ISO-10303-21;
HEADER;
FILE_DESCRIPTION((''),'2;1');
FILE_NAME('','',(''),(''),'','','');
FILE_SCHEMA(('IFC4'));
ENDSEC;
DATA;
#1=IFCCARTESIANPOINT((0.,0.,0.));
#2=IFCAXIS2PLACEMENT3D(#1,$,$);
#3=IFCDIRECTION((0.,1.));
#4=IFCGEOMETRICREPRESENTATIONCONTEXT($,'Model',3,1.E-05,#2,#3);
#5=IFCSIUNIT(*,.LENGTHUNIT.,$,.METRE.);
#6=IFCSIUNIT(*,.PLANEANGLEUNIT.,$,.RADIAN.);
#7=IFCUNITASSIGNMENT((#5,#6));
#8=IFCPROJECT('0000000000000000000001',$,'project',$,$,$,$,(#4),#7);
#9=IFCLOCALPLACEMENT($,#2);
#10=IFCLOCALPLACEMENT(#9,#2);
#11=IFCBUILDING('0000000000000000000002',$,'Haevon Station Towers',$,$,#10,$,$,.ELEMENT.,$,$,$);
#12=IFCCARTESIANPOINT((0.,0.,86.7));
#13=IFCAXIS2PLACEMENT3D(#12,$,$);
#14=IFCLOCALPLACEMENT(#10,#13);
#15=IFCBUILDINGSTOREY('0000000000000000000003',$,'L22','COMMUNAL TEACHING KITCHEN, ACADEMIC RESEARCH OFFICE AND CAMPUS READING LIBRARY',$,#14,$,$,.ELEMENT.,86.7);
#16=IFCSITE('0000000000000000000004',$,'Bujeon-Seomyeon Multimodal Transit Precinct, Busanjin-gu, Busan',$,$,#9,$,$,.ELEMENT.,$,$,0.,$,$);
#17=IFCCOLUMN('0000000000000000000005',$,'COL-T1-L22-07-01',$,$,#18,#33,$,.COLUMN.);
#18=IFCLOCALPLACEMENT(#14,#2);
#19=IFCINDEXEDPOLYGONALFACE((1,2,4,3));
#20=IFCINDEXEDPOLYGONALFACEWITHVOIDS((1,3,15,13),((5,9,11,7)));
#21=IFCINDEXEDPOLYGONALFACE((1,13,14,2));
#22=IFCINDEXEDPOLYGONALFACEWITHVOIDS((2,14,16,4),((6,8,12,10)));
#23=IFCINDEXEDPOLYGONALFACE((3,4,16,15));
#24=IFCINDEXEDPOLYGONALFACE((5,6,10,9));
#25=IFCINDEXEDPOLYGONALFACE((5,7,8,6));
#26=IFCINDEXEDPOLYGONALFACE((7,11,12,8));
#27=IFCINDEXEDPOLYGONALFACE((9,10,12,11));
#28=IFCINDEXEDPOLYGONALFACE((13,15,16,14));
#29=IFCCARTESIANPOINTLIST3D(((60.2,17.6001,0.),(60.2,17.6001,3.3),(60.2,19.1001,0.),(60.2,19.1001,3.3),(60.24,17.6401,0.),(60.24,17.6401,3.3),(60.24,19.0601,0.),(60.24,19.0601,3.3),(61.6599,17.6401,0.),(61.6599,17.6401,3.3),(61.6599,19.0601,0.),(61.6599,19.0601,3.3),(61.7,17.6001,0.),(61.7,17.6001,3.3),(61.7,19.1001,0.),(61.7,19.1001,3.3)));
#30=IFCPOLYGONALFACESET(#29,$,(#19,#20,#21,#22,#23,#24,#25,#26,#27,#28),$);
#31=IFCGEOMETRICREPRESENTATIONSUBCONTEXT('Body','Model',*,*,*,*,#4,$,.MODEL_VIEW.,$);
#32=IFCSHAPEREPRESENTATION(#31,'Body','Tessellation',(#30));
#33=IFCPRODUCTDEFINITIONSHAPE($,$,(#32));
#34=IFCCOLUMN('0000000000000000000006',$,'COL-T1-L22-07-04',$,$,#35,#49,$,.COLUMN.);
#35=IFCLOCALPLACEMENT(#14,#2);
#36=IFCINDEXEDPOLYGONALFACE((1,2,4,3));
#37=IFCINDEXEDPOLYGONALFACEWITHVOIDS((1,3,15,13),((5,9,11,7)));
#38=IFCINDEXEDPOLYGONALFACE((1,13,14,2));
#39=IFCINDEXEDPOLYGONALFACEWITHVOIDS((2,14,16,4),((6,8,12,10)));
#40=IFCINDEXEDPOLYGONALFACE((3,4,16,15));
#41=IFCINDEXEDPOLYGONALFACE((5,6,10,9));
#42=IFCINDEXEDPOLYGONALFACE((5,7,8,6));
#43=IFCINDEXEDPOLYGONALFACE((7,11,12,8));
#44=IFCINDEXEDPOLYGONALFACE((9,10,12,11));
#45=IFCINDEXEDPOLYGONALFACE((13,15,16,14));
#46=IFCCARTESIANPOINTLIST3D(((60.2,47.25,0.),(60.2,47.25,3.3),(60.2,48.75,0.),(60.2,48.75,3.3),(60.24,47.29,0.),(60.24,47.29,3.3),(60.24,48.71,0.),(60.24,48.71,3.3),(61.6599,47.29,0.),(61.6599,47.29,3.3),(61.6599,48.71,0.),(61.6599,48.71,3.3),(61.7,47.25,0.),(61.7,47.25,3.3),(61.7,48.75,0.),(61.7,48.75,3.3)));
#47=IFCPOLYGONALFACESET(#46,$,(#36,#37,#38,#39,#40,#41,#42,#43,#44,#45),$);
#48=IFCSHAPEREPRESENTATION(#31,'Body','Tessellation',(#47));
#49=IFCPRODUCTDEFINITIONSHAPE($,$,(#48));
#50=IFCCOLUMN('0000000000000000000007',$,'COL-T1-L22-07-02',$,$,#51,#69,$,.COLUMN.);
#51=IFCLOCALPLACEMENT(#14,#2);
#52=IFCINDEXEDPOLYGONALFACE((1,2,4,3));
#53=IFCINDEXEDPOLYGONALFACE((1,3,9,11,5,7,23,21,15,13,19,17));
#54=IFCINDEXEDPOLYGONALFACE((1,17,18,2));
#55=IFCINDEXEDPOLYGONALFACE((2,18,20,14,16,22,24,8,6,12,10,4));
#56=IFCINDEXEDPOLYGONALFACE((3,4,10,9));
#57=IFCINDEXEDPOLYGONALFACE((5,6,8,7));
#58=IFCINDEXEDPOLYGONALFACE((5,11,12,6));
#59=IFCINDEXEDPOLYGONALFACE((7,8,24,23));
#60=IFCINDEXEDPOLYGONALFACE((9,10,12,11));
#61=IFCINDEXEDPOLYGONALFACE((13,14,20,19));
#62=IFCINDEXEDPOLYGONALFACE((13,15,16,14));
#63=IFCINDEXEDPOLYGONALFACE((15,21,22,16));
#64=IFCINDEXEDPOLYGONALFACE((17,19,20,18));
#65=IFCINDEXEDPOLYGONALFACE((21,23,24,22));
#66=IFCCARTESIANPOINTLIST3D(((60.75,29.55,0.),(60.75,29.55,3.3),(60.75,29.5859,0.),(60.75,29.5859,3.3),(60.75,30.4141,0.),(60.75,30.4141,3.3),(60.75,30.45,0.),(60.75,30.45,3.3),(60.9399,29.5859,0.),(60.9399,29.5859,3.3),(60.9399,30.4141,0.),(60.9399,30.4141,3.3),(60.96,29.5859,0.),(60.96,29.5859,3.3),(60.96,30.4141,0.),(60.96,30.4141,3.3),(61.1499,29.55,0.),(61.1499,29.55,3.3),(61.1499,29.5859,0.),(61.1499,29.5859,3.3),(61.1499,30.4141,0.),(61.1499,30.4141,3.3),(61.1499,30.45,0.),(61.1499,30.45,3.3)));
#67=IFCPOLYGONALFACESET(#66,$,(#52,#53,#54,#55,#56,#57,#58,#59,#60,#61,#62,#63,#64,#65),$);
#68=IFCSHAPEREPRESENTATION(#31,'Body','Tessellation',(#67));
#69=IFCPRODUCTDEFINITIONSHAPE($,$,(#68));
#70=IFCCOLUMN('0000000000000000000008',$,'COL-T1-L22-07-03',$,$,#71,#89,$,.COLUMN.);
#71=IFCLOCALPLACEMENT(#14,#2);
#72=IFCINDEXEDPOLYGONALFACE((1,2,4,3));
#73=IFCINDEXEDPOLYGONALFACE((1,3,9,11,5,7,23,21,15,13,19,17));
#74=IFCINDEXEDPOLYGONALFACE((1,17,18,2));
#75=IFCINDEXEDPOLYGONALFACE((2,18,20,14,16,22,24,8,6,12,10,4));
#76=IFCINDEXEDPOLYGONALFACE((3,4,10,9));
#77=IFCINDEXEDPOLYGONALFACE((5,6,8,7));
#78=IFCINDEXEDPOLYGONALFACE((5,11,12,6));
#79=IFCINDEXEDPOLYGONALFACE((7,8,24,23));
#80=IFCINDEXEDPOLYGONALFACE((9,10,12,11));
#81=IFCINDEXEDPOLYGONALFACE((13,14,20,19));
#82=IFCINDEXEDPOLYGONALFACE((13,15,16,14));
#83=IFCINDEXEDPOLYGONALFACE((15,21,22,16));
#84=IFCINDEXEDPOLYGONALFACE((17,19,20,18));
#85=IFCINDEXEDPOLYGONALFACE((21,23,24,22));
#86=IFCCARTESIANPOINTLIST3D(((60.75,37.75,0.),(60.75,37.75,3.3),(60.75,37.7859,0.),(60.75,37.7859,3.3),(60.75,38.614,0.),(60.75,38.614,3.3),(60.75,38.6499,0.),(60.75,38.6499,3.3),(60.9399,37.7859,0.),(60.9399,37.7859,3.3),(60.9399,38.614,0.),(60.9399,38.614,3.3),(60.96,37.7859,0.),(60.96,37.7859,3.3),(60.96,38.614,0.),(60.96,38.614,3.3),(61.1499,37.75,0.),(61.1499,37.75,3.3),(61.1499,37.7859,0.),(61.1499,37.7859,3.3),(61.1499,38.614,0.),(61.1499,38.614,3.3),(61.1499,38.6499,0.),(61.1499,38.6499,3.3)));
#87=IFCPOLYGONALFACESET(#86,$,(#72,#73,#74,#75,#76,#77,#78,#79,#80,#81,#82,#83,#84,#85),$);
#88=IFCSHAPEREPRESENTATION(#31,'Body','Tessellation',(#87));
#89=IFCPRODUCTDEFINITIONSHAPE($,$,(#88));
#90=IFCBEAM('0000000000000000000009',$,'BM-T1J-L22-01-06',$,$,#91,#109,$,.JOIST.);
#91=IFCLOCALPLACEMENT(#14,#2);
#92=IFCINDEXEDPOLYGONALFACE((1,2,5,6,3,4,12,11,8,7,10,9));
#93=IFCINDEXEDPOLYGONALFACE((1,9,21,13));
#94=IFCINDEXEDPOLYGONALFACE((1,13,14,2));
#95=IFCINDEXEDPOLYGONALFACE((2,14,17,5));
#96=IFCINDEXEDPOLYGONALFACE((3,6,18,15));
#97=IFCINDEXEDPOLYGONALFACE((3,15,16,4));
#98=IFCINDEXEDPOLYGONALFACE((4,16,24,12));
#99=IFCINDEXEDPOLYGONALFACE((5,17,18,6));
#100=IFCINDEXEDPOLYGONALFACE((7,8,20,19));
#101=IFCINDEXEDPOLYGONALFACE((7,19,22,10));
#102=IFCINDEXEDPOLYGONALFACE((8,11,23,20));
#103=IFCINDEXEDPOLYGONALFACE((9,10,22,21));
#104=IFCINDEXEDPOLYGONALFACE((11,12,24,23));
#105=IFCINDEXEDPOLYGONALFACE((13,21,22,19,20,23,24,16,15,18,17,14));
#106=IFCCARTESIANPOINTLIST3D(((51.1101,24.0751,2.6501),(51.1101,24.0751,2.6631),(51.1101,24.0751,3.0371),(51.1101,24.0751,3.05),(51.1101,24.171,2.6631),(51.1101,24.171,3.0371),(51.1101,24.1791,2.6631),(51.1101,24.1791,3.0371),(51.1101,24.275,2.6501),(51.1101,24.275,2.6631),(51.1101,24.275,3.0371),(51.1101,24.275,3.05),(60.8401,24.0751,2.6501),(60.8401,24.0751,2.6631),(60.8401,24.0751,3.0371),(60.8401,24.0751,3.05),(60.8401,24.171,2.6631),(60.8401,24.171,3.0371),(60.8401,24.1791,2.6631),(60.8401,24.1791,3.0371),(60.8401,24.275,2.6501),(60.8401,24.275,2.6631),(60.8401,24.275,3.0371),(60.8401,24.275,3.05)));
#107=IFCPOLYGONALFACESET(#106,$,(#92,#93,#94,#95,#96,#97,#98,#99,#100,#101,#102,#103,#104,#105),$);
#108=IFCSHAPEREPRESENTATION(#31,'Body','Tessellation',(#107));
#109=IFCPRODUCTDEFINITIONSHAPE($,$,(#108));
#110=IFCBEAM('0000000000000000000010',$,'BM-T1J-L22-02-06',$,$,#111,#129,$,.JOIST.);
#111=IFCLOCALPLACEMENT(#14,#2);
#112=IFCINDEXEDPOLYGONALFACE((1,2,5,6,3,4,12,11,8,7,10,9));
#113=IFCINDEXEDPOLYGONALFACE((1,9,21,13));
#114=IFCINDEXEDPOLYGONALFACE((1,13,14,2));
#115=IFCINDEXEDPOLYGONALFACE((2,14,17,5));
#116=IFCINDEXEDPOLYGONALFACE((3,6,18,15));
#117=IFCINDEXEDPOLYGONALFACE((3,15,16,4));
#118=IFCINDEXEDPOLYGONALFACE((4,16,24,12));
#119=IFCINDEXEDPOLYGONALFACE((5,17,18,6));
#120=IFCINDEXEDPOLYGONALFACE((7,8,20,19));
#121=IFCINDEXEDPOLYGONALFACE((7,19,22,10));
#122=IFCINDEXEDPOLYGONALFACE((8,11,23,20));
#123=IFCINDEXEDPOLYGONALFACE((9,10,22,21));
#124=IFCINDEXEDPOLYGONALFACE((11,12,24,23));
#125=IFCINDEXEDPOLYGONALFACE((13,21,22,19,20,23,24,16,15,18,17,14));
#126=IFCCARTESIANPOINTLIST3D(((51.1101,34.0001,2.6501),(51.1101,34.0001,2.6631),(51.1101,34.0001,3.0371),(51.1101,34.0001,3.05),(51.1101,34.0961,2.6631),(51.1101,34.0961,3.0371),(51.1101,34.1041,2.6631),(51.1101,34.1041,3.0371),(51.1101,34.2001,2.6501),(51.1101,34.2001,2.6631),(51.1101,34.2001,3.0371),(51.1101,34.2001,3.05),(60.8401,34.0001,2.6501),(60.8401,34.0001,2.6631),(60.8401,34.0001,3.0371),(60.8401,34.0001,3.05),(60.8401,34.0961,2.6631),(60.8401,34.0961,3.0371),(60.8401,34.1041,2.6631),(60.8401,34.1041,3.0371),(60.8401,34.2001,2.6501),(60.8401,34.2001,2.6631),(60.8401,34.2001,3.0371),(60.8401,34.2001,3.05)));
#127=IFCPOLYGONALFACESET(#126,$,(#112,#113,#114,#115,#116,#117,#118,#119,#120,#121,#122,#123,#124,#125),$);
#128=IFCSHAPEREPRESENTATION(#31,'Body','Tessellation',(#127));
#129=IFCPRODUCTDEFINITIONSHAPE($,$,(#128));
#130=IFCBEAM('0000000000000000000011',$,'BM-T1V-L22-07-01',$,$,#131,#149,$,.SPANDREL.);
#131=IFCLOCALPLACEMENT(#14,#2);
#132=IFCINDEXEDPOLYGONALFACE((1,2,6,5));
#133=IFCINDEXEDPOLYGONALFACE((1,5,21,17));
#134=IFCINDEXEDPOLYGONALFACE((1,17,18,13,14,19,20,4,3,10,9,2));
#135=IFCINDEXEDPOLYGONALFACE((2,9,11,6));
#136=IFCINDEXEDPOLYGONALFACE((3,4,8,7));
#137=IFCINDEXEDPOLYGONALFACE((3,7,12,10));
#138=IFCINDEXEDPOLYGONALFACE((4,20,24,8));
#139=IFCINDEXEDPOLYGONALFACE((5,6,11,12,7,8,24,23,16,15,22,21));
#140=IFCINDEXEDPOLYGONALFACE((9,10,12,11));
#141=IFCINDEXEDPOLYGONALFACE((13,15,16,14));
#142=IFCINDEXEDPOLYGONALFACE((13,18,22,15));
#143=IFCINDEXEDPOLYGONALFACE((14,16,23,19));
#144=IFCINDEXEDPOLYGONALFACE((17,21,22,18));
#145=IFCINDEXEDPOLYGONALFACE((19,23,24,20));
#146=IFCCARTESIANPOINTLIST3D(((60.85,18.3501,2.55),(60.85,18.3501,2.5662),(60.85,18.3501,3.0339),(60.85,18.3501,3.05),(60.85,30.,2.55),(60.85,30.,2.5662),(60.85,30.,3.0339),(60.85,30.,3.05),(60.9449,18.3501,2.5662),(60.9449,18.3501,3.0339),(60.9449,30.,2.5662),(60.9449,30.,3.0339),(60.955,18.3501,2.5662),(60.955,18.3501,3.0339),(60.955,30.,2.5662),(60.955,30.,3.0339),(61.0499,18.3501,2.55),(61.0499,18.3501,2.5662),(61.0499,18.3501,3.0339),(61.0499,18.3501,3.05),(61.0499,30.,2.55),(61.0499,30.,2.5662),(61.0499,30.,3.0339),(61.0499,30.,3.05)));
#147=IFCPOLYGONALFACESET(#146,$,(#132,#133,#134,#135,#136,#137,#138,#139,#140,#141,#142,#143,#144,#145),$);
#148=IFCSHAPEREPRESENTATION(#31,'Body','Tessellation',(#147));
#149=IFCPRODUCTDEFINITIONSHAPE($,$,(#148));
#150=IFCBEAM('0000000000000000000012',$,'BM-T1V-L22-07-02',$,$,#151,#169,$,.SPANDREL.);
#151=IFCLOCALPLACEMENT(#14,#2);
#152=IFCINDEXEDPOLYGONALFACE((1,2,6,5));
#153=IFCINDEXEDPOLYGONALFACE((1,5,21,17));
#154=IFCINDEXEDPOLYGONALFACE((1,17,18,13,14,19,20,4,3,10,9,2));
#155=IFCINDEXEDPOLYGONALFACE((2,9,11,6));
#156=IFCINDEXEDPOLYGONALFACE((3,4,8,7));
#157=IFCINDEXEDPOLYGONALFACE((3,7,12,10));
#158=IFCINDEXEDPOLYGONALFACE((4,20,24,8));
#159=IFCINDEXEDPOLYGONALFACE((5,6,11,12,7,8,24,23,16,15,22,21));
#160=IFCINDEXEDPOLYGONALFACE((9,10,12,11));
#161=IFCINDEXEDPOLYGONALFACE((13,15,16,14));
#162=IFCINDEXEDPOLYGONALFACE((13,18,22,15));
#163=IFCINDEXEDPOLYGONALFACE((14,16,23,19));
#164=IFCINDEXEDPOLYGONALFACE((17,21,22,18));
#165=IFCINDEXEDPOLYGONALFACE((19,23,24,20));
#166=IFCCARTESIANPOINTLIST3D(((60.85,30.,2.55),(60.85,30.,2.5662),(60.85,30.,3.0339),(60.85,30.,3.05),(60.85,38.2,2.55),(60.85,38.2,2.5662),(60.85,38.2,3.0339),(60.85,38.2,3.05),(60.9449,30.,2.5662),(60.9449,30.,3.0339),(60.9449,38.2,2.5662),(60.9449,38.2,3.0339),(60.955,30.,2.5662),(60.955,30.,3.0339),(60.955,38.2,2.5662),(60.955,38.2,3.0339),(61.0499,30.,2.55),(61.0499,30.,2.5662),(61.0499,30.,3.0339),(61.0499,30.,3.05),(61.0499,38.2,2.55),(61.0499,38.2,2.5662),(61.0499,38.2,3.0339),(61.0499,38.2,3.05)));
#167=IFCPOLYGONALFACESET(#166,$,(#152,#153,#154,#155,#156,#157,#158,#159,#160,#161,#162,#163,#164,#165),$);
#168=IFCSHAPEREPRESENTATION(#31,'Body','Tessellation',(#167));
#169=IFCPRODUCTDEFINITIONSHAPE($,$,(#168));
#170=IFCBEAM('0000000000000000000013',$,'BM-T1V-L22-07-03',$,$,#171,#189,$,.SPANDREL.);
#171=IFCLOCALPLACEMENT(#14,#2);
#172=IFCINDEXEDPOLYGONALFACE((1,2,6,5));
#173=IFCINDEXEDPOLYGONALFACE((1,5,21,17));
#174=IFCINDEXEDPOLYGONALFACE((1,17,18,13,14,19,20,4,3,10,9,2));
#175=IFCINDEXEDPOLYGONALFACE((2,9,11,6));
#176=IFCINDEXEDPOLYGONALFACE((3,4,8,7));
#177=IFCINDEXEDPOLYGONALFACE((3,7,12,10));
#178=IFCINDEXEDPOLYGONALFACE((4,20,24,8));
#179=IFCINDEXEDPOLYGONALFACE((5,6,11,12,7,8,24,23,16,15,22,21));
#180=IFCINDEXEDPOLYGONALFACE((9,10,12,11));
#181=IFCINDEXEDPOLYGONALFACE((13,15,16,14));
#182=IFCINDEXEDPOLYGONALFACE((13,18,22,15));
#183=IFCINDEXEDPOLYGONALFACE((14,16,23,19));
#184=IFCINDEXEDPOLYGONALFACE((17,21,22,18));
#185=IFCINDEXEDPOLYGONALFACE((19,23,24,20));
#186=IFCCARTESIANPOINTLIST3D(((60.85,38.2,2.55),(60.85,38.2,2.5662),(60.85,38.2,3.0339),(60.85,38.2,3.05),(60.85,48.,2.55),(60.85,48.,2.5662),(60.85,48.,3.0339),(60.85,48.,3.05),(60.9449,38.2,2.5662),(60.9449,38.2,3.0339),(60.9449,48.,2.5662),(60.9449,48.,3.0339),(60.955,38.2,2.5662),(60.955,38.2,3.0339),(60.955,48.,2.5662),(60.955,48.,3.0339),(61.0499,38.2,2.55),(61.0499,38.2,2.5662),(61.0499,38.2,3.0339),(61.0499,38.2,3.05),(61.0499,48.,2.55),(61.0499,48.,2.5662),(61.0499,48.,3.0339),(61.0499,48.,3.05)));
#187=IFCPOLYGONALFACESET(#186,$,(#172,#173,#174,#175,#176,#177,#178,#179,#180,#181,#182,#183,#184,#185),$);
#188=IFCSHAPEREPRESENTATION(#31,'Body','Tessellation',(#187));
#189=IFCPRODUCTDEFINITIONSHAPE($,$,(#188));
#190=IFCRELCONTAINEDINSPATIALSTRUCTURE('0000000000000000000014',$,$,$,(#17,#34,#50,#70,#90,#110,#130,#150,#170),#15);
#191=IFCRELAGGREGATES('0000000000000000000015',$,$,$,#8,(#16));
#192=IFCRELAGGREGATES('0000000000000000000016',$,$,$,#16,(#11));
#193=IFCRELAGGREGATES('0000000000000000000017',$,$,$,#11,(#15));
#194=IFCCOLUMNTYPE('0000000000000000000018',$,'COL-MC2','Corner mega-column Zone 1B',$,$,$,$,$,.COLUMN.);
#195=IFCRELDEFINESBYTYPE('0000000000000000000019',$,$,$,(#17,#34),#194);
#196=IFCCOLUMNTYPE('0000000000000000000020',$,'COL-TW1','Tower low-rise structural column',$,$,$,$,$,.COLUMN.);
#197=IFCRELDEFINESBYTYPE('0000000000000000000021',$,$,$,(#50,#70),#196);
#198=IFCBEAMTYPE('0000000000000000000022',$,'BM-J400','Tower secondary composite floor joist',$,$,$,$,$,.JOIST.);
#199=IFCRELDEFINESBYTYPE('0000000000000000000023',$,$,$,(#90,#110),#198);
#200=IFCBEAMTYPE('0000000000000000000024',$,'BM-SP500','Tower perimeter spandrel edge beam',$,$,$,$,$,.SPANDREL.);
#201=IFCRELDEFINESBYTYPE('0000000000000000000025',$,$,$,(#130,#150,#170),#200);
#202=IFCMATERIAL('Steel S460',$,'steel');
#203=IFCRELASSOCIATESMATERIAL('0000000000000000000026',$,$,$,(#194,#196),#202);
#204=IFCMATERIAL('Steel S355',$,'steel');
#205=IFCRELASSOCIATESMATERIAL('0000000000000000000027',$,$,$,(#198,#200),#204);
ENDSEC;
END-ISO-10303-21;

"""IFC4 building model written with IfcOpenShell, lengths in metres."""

from ifc_helpers import new_model, si_unit, direction, frame, origin, origin_2d, place, context, subcontext, project, spatial, hollow_rectangle, i_section, extrude, material, material_profile, profile_set, type_object, element, save


model = new_model("IFC4")

# Units and contexts
model_context = context("Model", 3, precision=1e-05, world=origin(), true_north=direction((0.0, 1.0)))
body_context = subcontext(model_context, "Body", "Model", "MODEL_VIEW")
ifc_project = project(units=[si_unit("LENGTHUNIT", "METRE"), si_unit("PLANEANGLEUNIT", "RADIAN")], contexts=[model_context])

# Site, building, storey
site_placement = place(None, origin())
site = spatial("IfcSite", under=ifc_project, at=site_placement, Name="Bujeon-Seomyeon Multimodal Transit Precinct, Busanjin-gu, Busan", CompositionType="ELEMENT", RefElevation=0.0)
building_placement = place(site_placement, origin())
building = spatial("IfcBuilding", under=site, at=building_placement, Name="Haevon Station Towers", CompositionType="ELEMENT")
storey_placement = place(building_placement, frame((0.0, 0.0, 86.7)))
storey = spatial("IfcBuildingStorey", under=building, at=storey_placement, Name="L22", Description="COMMUNAL TEACHING KITCHEN, ACADEMIC RESEARCH OFFICE AND CAMPUS READING LIBRARY", CompositionType="ELEMENT", Elevation=86.7)

# Columns
ifc_material_1 = material(Name="Steel S460", Category="steel")
ifc_material_profile_1 = material_profile(ifc_material_1, hollow_rectangle(XDim=1.5, YDim=1.5, WallThickness=0.04, at=origin_2d()), Name="BOX-1500x1500x40")
ifc_profile_set_1 = profile_set([ifc_material_profile_1], Name="Steel S460")
column_type_1 = type_object("IfcColumnType", Name="COL-MC2", Description="Corner mega-column Zone 1B", PredefinedType="COLUMN", material=ifc_profile_set_1)
for number, where, z_axis, x_axis, name in (
    (1, (60.95, 18.3501, 0.0), (0.0, 0.0, 1.0), (1.0, 0.0, 0.0), "COL-T1-L22-07-01"),
    (2, (60.95, 48.0, 0.0), (0.0, 0.0, 1.0), (1.0, 0.0, 0.0), "COL-T1-L22-07-04"),
):
    element("IfcColumn", number, at=place(storey_placement, frame(where, z_axis=z_axis, x_axis=x_axis)), inside=storey, type_object=column_type_1, Name=name, PredefinedType="COLUMN", context=body_context, shape_type="SweptSolid", body=[
        extrude(hollow_rectangle(XDim=1.5, YDim=1.5, WallThickness=0.04, at=origin_2d()), origin(), (0.0, 0.0, 1.0), 3.3),
    ])
ifc_material_profile_2 = material_profile(ifc_material_1, i_section(OverallWidth=0.3999, OverallDepth=0.8999, WebThickness=0.02, FlangeThickness=0.0359, at=origin_2d()), Name="H-900x400x20x36")
ifc_profile_set_2 = profile_set([ifc_material_profile_2], Name="Steel S460")
column_type_2 = type_object("IfcColumnType", Name="COL-TW1", Description="Tower low-rise structural column", PredefinedType="COLUMN", material=ifc_profile_set_2)
for number, where, z_axis, x_axis, name in (
    (3, (60.95, 30.0, 0.0), (0.0, 0.0, 1.0), (1.0, 0.0, 0.0), "COL-T1-L22-07-02"),
    (4, (60.95, 38.2, 0.0), (0.0, 0.0, 1.0), (1.0, 0.0, 0.0), "COL-T1-L22-07-03"),
):
    element("IfcColumn", number, at=place(storey_placement, frame(where, z_axis=z_axis, x_axis=x_axis)), inside=storey, type_object=column_type_2, Name=name, PredefinedType="COLUMN", context=body_context, shape_type="SweptSolid", body=[
        extrude(i_section(OverallWidth=0.3999, OverallDepth=0.8999, WebThickness=0.02, FlangeThickness=0.0359, at=origin_2d()), origin(), (0.0, 0.0, 1.0), 3.3),
    ])

# Beams
ifc_material_2 = material(Name="Steel S355", Category="steel")
ifc_material_profile_3 = material_profile(ifc_material_2, i_section(OverallWidth=0.2, OverallDepth=0.3999, WebThickness=0.0081, FlangeThickness=0.0129, at=origin_2d()), Name="H-400x200x8x13")
ifc_profile_set_3 = profile_set([ifc_material_profile_3], Name="Steel S355")
beam_type_1 = type_object("IfcBeamType", Name="BM-J400", Description="Tower secondary composite floor joist", PredefinedType="JOIST", material=ifc_profile_set_3)
for number, where, z_axis, x_axis, name in (
    (5, (51.1101, 24.175, 2.8501), (1.0, 0.0, 0.0), (0.0, 1.0, 0.0), "BM-T1J-L22-01-06"),
    (6, (51.1101, 34.1001, 2.8501), (1.0, 0.0, 0.0), (0.0, 1.0, 0.0), "BM-T1J-L22-02-06"),
):
    element("IfcBeam", number, at=place(storey_placement, frame(where, z_axis=z_axis, x_axis=x_axis)), inside=storey, type_object=beam_type_1, Name=name, PredefinedType="JOIST", context=body_context, shape_type="SweptSolid", body=[
        extrude(i_section(OverallWidth=0.2, OverallDepth=0.3999, WebThickness=0.0081, FlangeThickness=0.0129, at=origin_2d()), origin(), (0.0, 0.0, 1.0), 9.73),
    ])
ifc_material_profile_4 = material_profile(ifc_material_2, i_section(OverallWidth=0.2, OverallDepth=0.5, WebThickness=0.01, FlangeThickness=0.0161, at=origin_2d()), Name="H-500x200x10x16")
ifc_profile_set_4 = profile_set([ifc_material_profile_4], Name="Steel S355")
beam_type_2 = type_object("IfcBeamType", Name="BM-SP500", Description="Tower perimeter spandrel edge beam", PredefinedType="SPANDREL", material=ifc_profile_set_4)
beam_1_placement = place(storey_placement, frame((60.95, 18.3501, 2.8), z_axis=(0.0, 1.0, 0.0), x_axis=(-1.0, 0.0, 0.0)))
element("IfcBeam", 7, at=beam_1_placement, inside=storey, type_object=beam_type_2, Name="BM-T1V-L22-07-01", PredefinedType="SPANDREL", context=body_context, shape_type="SweptSolid", body=[
    extrude(i_section(OverallWidth=0.2, OverallDepth=0.5, WebThickness=0.01, FlangeThickness=0.0161, at=origin_2d()), origin(), (0.0, 0.0, 1.0), 11.6499),
])
beam_2_placement = place(storey_placement, frame((60.95, 30.0, 2.8), z_axis=(0.0, 1.0, 0.0), x_axis=(-1.0, 0.0, 0.0)))
element("IfcBeam", 8, at=beam_2_placement, inside=storey, type_object=beam_type_2, Name="BM-T1V-L22-07-02", PredefinedType="SPANDREL", context=body_context, shape_type="SweptSolid", body=[
    extrude(i_section(OverallWidth=0.2, OverallDepth=0.5, WebThickness=0.01, FlangeThickness=0.0161, at=origin_2d()), origin(), (0.0, 0.0, 1.0), 8.2),
])
beam_3_placement = place(storey_placement, frame((60.95, 38.2, 2.8), z_axis=(0.0, 1.0, 0.0), x_axis=(-1.0, 0.0, 0.0)))
element("IfcBeam", 9, at=beam_3_placement, inside=storey, type_object=beam_type_2, Name="BM-T1V-L22-07-03", PredefinedType="SPANDREL", context=body_context, shape_type="SweptSolid", body=[
    extrude(i_section(OverallWidth=0.2, OverallDepth=0.5, WebThickness=0.01, FlangeThickness=0.0161, at=origin_2d()), origin(), (0.0, 0.0, 1.0), 9.8),
])

save(model, "model.ifc")
